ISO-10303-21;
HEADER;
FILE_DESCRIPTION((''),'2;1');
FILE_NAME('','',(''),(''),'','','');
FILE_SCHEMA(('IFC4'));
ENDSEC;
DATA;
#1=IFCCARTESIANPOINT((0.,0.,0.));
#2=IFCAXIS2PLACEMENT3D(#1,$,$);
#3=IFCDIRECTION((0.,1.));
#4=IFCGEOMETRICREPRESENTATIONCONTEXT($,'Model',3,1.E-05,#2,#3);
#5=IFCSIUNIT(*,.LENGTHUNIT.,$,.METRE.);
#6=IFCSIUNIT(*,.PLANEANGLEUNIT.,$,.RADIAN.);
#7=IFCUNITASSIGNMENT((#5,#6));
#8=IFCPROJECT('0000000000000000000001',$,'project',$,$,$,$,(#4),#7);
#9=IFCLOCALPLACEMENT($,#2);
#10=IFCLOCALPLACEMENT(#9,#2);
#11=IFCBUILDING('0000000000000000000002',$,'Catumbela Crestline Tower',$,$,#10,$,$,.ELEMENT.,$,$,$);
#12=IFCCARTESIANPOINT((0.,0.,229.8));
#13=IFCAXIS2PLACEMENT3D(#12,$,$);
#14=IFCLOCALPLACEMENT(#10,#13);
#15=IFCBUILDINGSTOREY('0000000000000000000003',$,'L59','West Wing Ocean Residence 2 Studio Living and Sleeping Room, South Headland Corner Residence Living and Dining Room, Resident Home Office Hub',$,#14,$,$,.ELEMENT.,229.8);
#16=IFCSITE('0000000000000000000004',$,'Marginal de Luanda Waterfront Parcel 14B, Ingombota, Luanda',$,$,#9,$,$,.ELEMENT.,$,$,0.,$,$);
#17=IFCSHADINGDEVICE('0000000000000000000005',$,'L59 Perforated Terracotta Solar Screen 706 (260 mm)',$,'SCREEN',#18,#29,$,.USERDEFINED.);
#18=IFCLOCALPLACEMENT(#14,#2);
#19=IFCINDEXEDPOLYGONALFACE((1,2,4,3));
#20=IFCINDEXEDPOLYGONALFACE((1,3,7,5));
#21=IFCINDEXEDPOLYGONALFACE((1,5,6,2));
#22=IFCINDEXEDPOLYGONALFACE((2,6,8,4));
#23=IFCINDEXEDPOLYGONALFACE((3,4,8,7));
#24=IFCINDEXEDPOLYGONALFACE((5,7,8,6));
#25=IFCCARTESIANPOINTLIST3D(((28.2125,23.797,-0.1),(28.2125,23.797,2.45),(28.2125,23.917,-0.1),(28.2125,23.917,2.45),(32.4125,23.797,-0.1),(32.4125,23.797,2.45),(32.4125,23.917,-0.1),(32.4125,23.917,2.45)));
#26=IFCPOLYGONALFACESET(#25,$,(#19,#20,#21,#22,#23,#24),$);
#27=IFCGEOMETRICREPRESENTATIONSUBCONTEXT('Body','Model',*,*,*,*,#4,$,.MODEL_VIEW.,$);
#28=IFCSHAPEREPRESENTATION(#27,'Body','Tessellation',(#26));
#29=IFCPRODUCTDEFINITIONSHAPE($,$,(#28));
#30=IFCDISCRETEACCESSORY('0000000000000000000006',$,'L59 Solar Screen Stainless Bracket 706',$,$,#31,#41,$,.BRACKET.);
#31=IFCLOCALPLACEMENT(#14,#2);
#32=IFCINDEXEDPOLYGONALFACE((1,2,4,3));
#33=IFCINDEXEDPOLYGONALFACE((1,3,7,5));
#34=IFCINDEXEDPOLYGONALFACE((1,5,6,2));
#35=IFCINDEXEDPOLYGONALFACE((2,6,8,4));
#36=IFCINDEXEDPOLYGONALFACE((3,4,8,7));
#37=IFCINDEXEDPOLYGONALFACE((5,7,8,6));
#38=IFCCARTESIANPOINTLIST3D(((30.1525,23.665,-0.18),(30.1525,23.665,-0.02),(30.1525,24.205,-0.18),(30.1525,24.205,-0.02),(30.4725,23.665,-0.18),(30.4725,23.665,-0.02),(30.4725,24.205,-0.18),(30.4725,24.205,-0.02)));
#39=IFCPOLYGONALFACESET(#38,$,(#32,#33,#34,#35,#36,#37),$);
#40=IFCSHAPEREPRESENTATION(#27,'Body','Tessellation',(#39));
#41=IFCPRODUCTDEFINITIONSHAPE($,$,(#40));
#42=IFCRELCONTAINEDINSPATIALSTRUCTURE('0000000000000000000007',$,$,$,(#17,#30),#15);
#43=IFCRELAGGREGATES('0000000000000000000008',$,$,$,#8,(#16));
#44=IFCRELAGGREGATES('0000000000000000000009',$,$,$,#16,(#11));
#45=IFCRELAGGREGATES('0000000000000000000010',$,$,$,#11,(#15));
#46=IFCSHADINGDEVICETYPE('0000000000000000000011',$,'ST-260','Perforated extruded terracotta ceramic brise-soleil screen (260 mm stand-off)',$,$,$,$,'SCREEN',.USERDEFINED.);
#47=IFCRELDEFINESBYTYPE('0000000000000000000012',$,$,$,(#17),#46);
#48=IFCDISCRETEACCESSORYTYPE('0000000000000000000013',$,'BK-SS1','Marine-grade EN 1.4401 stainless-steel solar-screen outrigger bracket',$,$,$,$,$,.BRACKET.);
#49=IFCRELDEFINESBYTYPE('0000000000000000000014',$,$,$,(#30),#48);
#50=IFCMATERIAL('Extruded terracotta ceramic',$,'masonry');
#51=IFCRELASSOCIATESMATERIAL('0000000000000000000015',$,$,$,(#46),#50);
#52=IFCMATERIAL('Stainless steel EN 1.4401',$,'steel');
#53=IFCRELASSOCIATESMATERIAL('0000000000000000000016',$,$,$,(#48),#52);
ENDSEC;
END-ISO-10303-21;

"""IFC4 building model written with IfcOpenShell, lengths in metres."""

from ifc_helpers import new_model, si_unit, direction, frame, origin, origin_2d, place, context, subcontext, project, spatial, rectangle, extrude, material, type_object, element, save


model = new_model("IFC4")

# Units and contexts
model_context = context("Model", 3, precision=1e-05, world=origin(), true_north=direction((0.0, 1.0)))
body_context = subcontext(model_context, "Body", "Model", "MODEL_VIEW")
ifc_project = project(units=[si_unit("LENGTHUNIT", "METRE"), si_unit("PLANEANGLEUNIT", "RADIAN")], contexts=[model_context])

# Site, building, storey
site_placement = place(None, origin())
site = spatial("IfcSite", under=ifc_project, at=site_placement, Name="Marginal de Luanda Waterfront Parcel 14B, Ingombota, Luanda", CompositionType="ELEMENT", RefElevation=0.0)
building_placement = place(site_placement, origin())
building = spatial("IfcBuilding", under=site, at=building_placement, Name="Catumbela Crestline Tower", CompositionType="ELEMENT")
storey_placement = place(building_placement, frame((0.0, 0.0, 229.8)))
storey = spatial("IfcBuildingStorey", under=building, at=storey_placement, Name="L59", Description="West Wing Ocean Residence 2 Studio Living and Sleeping Room, South Headland Corner Residence Living and Dining Room, Resident Home Office Hub", CompositionType="ELEMENT", Elevation=229.8)

# Shared definitions
ifc_material_1 = material(Name="Stainless steel EN 1.4401", Category="steel")

# Shading device
ifc_material_2 = material(Name="Extruded terracotta ceramic", Category="masonry")
shading_device_type = type_object("IfcShadingDeviceType", Name="ST-260", Description="Perforated extruded terracotta ceramic brise-soleil screen (260 mm stand-off)", ElementType="SCREEN", PredefinedType="USERDEFINED", material=ifc_material_2)
shading_device_placement = place(storey_placement, frame((30.3125, 23.857, -0.1), z_axis=(0.0, 0.0, 1.0), x_axis=(1.0, 0.0, 0.0)))
element("IfcShadingDevice", 1, at=shading_device_placement, inside=storey, type_object=shading_device_type, Name="L59 Perforated Terracotta Solar Screen 706 (260 mm)", ObjectType="SCREEN", PredefinedType="USERDEFINED", context=body_context, shape_type="SweptSolid", body=[
    extrude(rectangle(XDim=4.2, YDim=0.12, at=origin_2d()), origin(), (0.0, 0.0, 1.0), 2.55),
])

# Discrete accessory
discrete_accessory_type = type_object("IfcDiscreteAccessoryType", Name="BK-SS1", Description="Marine-grade EN 1.4401 stainless-steel solar-screen outrigger bracket", PredefinedType="BRACKET", material=ifc_material_1)
discrete_accessory_placement = place(storey_placement, frame((30.3125, 23.935, -0.18), z_axis=(0.0, 0.0, 1.0), x_axis=(1.0, 0.0, 0.0)))
element("IfcDiscreteAccessory", 2, at=discrete_accessory_placement, inside=storey, type_object=discrete_accessory_type, Name="L59 Solar Screen Stainless Bracket 706", PredefinedType="BRACKET", context=body_context, shape_type="SweptSolid", body=[
    extrude(rectangle(XDim=0.32, YDim=0.54, at=origin_2d()), origin(), (0.0, 0.0, 1.0), 0.16),
])

save(model, "model.ifc")
